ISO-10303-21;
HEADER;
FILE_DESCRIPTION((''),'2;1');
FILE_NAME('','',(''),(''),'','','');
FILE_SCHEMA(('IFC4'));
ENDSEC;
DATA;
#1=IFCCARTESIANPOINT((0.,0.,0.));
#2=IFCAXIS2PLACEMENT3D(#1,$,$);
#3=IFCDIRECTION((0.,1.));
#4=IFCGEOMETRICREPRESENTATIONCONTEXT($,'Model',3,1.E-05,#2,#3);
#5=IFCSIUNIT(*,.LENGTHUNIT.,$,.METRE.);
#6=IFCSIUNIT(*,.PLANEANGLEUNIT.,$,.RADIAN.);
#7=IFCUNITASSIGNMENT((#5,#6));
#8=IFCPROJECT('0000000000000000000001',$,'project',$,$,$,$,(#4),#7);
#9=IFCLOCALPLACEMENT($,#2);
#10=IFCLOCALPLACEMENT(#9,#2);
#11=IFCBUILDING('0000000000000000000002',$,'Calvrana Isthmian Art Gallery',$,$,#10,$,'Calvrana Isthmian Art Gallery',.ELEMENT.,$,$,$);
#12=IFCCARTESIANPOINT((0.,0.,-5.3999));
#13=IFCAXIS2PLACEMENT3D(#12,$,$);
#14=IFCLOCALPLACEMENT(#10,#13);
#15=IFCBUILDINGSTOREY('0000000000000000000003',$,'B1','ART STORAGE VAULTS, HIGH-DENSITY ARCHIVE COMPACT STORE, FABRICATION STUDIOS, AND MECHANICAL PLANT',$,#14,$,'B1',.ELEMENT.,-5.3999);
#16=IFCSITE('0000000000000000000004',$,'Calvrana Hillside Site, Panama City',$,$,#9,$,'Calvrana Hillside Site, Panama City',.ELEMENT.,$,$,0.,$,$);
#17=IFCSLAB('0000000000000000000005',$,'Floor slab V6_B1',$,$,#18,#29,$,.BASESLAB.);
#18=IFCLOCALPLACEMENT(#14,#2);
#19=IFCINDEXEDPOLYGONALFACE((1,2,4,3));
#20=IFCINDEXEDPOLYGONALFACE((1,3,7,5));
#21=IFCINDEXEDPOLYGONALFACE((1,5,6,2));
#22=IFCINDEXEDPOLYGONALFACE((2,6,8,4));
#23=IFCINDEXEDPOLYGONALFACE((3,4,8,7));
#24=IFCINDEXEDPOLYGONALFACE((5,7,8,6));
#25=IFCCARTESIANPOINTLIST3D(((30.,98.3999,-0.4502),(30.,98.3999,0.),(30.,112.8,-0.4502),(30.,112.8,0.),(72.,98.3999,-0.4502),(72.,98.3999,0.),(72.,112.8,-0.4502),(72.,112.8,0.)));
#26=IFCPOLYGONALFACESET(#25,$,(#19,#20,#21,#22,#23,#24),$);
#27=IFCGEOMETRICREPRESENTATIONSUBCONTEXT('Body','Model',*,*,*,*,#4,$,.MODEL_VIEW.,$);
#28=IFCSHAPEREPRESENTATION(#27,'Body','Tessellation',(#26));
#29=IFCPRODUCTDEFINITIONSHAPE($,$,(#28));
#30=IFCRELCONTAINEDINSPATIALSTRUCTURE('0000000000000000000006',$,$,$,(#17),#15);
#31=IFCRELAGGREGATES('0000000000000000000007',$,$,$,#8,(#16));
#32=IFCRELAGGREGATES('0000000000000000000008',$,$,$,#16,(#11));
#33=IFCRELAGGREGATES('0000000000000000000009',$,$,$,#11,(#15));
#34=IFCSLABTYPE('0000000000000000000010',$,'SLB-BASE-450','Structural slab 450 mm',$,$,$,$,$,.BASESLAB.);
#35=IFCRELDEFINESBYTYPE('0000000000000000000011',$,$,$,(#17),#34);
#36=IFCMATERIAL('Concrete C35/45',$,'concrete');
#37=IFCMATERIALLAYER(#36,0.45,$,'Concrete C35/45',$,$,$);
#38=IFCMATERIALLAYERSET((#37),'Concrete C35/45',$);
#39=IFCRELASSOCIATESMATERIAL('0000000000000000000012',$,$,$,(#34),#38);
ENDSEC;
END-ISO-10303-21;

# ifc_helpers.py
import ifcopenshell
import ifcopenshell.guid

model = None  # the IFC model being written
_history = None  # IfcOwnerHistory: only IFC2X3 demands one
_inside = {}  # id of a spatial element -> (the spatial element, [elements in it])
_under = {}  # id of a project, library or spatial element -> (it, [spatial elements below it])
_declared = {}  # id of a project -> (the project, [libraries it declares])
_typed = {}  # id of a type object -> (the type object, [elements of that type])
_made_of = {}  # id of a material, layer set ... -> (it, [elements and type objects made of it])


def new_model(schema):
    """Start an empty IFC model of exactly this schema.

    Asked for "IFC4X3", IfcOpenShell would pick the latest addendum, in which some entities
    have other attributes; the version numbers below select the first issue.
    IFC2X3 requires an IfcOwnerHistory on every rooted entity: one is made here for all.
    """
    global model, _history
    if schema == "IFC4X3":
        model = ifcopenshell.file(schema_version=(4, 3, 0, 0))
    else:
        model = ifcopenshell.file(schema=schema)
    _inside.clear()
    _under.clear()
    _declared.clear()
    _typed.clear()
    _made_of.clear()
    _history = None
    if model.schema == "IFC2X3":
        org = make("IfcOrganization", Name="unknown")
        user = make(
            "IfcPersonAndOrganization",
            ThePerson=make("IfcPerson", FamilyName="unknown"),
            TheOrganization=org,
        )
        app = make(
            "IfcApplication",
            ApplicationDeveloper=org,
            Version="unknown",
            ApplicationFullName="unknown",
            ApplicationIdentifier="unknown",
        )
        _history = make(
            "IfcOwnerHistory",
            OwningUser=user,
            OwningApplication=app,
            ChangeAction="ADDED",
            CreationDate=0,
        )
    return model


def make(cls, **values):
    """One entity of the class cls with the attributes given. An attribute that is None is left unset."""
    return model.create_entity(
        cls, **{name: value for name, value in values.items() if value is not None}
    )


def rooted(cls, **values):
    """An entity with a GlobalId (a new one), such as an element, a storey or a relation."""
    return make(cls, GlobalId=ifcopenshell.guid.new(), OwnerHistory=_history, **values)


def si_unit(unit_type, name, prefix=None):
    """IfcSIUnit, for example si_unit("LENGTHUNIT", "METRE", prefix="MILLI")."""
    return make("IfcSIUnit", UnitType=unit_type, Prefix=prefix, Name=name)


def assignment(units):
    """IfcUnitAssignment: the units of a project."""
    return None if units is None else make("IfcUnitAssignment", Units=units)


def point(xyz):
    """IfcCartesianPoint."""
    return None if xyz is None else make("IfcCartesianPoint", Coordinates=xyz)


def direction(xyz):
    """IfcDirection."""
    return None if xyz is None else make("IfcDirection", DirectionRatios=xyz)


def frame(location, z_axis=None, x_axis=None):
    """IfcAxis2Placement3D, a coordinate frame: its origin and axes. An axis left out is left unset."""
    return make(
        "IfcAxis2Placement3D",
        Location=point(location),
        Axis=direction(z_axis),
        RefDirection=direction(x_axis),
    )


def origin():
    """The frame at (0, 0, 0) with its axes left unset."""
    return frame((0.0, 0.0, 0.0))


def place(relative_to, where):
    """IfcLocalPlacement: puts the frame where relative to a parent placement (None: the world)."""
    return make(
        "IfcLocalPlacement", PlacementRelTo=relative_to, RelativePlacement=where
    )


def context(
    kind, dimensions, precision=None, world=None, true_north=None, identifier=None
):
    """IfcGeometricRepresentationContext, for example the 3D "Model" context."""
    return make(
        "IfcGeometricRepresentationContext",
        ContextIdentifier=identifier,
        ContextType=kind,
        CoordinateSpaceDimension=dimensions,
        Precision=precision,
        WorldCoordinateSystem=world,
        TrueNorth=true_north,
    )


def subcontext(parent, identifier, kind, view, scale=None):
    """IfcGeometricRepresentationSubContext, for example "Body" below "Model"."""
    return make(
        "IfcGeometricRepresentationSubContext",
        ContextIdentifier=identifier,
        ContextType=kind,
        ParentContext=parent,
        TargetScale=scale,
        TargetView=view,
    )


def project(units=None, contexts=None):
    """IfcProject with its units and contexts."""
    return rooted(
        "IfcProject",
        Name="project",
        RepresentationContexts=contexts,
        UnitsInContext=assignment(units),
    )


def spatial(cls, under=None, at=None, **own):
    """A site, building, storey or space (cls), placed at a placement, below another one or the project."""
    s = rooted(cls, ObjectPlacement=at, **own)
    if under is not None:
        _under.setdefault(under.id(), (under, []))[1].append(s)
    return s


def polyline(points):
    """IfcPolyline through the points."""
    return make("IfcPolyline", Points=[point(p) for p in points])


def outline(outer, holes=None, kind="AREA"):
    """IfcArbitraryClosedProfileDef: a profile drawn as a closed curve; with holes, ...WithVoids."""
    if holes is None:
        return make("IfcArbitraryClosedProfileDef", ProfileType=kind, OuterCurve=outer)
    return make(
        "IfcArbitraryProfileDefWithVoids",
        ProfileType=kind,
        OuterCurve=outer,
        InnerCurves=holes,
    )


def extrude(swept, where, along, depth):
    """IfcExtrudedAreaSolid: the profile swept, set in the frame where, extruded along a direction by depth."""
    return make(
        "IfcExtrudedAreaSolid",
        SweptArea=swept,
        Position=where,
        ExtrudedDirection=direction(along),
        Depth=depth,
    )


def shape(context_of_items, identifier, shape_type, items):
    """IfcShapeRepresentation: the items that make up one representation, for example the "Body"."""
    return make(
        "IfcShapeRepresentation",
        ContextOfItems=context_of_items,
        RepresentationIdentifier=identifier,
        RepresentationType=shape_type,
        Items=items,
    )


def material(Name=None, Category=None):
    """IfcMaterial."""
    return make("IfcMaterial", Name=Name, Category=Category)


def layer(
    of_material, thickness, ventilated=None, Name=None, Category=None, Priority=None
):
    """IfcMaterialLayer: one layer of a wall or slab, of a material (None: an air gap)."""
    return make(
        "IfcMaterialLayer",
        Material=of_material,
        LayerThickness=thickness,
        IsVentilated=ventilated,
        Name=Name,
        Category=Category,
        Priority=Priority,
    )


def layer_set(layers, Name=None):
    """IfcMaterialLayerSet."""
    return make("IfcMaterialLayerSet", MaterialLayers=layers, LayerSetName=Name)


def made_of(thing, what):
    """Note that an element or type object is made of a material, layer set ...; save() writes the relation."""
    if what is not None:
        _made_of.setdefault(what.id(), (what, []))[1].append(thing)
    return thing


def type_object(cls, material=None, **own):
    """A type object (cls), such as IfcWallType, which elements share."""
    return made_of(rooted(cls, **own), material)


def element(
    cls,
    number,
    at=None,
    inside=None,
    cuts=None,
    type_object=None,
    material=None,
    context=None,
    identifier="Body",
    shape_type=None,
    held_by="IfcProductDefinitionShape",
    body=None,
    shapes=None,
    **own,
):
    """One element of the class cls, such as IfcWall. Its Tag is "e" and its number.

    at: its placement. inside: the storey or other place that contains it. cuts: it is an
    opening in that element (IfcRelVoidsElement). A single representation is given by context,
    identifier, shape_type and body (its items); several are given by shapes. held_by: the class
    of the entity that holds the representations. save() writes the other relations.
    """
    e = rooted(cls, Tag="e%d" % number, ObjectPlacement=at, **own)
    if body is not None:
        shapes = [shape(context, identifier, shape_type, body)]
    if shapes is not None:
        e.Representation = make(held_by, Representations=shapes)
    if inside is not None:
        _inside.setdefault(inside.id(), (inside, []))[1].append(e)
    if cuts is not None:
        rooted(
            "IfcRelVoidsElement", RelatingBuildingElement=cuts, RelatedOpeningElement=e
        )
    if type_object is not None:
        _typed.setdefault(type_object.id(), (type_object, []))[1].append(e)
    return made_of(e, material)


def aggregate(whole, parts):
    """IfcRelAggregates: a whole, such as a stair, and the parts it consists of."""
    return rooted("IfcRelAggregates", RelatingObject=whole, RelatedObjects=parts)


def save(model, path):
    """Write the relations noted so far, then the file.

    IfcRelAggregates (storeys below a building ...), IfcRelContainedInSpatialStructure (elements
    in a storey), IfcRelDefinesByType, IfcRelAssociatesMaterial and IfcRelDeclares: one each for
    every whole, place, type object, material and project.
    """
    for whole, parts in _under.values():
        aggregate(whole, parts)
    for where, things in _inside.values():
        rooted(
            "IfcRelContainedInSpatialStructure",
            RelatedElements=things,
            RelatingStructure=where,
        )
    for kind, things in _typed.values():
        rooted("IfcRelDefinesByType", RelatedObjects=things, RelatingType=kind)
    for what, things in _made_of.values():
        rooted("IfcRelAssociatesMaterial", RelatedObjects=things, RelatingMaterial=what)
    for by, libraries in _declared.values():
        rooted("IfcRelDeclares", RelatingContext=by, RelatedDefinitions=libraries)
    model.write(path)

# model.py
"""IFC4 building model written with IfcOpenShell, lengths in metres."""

from ifc_helpers import new_model, si_unit, direction, frame, origin, place, context, subcontext, project, spatial, polyline, outline, extrude, material, layer, layer_set, type_object, element, save


model = new_model("IFC4")

# Units and contexts
model_context = context("Model", 3, precision=1e-05, world=origin(), true_north=direction((0.0, 1.0)))
body_context = subcontext(model_context, "Body", "Model", "MODEL_VIEW")
ifc_project = project(units=[si_unit("LENGTHUNIT", "METRE"), si_unit("PLANEANGLEUNIT", "RADIAN")], contexts=[model_context])

# Site, building, storey
site_placement = place(None, origin())
site = spatial("IfcSite", under=ifc_project, at=site_placement, Name="Calvrana Hillside Site, Panama City", LongName="Calvrana Hillside Site, Panama City", CompositionType="ELEMENT", RefElevation=0.0)
building_placement = place(site_placement, origin())
building = spatial("IfcBuilding", under=site, at=building_placement, Name="Calvrana Isthmian Art Gallery", LongName="Calvrana Isthmian Art Gallery", CompositionType="ELEMENT")
storey_placement = place(building_placement, frame((0.0, 0.0, -5.3999)))
storey = spatial("IfcBuildingStorey", under=building, at=storey_placement, Name="B1", Description="ART STORAGE VAULTS, HIGH-DENSITY ARCHIVE COMPACT STORE, FABRICATION STUDIOS, AND MECHANICAL PLANT", LongName="B1", CompositionType="ELEMENT", Elevation=-5.3999)

# Shared definitions
ifc_material = material(Name="Concrete C35/45", Category="concrete")

# Slab
ifc_layer = layer(ifc_material, 0.45, Name="Concrete C35/45")
ifc_layer_set = layer_set([ifc_layer], Name="Concrete C35/45")
slab_type = type_object("IfcSlabType", Name="SLB-BASE-450", Description="Structural slab 450 mm", PredefinedType="BASESLAB", material=ifc_layer_set)
slab_1_placement = place(storey_placement, frame((0.0, 0.0, -0.4502)))
element("IfcSlab", 1, at=slab_1_placement, inside=storey, type_object=slab_type, Name="Floor slab V6_B1", PredefinedType="BASESLAB", context=body_context, shape_type="SweptSolid", body=[
    extrude(outline(polyline([(30.0, 98.3999), (72.0, 98.3999), (72.0, 112.8), (30.0, 112.8), (30.0, 98.3999)])), origin(), (0.0, 0.0, 1.0), 0.4502),
])

save(model, "model.ifc")
